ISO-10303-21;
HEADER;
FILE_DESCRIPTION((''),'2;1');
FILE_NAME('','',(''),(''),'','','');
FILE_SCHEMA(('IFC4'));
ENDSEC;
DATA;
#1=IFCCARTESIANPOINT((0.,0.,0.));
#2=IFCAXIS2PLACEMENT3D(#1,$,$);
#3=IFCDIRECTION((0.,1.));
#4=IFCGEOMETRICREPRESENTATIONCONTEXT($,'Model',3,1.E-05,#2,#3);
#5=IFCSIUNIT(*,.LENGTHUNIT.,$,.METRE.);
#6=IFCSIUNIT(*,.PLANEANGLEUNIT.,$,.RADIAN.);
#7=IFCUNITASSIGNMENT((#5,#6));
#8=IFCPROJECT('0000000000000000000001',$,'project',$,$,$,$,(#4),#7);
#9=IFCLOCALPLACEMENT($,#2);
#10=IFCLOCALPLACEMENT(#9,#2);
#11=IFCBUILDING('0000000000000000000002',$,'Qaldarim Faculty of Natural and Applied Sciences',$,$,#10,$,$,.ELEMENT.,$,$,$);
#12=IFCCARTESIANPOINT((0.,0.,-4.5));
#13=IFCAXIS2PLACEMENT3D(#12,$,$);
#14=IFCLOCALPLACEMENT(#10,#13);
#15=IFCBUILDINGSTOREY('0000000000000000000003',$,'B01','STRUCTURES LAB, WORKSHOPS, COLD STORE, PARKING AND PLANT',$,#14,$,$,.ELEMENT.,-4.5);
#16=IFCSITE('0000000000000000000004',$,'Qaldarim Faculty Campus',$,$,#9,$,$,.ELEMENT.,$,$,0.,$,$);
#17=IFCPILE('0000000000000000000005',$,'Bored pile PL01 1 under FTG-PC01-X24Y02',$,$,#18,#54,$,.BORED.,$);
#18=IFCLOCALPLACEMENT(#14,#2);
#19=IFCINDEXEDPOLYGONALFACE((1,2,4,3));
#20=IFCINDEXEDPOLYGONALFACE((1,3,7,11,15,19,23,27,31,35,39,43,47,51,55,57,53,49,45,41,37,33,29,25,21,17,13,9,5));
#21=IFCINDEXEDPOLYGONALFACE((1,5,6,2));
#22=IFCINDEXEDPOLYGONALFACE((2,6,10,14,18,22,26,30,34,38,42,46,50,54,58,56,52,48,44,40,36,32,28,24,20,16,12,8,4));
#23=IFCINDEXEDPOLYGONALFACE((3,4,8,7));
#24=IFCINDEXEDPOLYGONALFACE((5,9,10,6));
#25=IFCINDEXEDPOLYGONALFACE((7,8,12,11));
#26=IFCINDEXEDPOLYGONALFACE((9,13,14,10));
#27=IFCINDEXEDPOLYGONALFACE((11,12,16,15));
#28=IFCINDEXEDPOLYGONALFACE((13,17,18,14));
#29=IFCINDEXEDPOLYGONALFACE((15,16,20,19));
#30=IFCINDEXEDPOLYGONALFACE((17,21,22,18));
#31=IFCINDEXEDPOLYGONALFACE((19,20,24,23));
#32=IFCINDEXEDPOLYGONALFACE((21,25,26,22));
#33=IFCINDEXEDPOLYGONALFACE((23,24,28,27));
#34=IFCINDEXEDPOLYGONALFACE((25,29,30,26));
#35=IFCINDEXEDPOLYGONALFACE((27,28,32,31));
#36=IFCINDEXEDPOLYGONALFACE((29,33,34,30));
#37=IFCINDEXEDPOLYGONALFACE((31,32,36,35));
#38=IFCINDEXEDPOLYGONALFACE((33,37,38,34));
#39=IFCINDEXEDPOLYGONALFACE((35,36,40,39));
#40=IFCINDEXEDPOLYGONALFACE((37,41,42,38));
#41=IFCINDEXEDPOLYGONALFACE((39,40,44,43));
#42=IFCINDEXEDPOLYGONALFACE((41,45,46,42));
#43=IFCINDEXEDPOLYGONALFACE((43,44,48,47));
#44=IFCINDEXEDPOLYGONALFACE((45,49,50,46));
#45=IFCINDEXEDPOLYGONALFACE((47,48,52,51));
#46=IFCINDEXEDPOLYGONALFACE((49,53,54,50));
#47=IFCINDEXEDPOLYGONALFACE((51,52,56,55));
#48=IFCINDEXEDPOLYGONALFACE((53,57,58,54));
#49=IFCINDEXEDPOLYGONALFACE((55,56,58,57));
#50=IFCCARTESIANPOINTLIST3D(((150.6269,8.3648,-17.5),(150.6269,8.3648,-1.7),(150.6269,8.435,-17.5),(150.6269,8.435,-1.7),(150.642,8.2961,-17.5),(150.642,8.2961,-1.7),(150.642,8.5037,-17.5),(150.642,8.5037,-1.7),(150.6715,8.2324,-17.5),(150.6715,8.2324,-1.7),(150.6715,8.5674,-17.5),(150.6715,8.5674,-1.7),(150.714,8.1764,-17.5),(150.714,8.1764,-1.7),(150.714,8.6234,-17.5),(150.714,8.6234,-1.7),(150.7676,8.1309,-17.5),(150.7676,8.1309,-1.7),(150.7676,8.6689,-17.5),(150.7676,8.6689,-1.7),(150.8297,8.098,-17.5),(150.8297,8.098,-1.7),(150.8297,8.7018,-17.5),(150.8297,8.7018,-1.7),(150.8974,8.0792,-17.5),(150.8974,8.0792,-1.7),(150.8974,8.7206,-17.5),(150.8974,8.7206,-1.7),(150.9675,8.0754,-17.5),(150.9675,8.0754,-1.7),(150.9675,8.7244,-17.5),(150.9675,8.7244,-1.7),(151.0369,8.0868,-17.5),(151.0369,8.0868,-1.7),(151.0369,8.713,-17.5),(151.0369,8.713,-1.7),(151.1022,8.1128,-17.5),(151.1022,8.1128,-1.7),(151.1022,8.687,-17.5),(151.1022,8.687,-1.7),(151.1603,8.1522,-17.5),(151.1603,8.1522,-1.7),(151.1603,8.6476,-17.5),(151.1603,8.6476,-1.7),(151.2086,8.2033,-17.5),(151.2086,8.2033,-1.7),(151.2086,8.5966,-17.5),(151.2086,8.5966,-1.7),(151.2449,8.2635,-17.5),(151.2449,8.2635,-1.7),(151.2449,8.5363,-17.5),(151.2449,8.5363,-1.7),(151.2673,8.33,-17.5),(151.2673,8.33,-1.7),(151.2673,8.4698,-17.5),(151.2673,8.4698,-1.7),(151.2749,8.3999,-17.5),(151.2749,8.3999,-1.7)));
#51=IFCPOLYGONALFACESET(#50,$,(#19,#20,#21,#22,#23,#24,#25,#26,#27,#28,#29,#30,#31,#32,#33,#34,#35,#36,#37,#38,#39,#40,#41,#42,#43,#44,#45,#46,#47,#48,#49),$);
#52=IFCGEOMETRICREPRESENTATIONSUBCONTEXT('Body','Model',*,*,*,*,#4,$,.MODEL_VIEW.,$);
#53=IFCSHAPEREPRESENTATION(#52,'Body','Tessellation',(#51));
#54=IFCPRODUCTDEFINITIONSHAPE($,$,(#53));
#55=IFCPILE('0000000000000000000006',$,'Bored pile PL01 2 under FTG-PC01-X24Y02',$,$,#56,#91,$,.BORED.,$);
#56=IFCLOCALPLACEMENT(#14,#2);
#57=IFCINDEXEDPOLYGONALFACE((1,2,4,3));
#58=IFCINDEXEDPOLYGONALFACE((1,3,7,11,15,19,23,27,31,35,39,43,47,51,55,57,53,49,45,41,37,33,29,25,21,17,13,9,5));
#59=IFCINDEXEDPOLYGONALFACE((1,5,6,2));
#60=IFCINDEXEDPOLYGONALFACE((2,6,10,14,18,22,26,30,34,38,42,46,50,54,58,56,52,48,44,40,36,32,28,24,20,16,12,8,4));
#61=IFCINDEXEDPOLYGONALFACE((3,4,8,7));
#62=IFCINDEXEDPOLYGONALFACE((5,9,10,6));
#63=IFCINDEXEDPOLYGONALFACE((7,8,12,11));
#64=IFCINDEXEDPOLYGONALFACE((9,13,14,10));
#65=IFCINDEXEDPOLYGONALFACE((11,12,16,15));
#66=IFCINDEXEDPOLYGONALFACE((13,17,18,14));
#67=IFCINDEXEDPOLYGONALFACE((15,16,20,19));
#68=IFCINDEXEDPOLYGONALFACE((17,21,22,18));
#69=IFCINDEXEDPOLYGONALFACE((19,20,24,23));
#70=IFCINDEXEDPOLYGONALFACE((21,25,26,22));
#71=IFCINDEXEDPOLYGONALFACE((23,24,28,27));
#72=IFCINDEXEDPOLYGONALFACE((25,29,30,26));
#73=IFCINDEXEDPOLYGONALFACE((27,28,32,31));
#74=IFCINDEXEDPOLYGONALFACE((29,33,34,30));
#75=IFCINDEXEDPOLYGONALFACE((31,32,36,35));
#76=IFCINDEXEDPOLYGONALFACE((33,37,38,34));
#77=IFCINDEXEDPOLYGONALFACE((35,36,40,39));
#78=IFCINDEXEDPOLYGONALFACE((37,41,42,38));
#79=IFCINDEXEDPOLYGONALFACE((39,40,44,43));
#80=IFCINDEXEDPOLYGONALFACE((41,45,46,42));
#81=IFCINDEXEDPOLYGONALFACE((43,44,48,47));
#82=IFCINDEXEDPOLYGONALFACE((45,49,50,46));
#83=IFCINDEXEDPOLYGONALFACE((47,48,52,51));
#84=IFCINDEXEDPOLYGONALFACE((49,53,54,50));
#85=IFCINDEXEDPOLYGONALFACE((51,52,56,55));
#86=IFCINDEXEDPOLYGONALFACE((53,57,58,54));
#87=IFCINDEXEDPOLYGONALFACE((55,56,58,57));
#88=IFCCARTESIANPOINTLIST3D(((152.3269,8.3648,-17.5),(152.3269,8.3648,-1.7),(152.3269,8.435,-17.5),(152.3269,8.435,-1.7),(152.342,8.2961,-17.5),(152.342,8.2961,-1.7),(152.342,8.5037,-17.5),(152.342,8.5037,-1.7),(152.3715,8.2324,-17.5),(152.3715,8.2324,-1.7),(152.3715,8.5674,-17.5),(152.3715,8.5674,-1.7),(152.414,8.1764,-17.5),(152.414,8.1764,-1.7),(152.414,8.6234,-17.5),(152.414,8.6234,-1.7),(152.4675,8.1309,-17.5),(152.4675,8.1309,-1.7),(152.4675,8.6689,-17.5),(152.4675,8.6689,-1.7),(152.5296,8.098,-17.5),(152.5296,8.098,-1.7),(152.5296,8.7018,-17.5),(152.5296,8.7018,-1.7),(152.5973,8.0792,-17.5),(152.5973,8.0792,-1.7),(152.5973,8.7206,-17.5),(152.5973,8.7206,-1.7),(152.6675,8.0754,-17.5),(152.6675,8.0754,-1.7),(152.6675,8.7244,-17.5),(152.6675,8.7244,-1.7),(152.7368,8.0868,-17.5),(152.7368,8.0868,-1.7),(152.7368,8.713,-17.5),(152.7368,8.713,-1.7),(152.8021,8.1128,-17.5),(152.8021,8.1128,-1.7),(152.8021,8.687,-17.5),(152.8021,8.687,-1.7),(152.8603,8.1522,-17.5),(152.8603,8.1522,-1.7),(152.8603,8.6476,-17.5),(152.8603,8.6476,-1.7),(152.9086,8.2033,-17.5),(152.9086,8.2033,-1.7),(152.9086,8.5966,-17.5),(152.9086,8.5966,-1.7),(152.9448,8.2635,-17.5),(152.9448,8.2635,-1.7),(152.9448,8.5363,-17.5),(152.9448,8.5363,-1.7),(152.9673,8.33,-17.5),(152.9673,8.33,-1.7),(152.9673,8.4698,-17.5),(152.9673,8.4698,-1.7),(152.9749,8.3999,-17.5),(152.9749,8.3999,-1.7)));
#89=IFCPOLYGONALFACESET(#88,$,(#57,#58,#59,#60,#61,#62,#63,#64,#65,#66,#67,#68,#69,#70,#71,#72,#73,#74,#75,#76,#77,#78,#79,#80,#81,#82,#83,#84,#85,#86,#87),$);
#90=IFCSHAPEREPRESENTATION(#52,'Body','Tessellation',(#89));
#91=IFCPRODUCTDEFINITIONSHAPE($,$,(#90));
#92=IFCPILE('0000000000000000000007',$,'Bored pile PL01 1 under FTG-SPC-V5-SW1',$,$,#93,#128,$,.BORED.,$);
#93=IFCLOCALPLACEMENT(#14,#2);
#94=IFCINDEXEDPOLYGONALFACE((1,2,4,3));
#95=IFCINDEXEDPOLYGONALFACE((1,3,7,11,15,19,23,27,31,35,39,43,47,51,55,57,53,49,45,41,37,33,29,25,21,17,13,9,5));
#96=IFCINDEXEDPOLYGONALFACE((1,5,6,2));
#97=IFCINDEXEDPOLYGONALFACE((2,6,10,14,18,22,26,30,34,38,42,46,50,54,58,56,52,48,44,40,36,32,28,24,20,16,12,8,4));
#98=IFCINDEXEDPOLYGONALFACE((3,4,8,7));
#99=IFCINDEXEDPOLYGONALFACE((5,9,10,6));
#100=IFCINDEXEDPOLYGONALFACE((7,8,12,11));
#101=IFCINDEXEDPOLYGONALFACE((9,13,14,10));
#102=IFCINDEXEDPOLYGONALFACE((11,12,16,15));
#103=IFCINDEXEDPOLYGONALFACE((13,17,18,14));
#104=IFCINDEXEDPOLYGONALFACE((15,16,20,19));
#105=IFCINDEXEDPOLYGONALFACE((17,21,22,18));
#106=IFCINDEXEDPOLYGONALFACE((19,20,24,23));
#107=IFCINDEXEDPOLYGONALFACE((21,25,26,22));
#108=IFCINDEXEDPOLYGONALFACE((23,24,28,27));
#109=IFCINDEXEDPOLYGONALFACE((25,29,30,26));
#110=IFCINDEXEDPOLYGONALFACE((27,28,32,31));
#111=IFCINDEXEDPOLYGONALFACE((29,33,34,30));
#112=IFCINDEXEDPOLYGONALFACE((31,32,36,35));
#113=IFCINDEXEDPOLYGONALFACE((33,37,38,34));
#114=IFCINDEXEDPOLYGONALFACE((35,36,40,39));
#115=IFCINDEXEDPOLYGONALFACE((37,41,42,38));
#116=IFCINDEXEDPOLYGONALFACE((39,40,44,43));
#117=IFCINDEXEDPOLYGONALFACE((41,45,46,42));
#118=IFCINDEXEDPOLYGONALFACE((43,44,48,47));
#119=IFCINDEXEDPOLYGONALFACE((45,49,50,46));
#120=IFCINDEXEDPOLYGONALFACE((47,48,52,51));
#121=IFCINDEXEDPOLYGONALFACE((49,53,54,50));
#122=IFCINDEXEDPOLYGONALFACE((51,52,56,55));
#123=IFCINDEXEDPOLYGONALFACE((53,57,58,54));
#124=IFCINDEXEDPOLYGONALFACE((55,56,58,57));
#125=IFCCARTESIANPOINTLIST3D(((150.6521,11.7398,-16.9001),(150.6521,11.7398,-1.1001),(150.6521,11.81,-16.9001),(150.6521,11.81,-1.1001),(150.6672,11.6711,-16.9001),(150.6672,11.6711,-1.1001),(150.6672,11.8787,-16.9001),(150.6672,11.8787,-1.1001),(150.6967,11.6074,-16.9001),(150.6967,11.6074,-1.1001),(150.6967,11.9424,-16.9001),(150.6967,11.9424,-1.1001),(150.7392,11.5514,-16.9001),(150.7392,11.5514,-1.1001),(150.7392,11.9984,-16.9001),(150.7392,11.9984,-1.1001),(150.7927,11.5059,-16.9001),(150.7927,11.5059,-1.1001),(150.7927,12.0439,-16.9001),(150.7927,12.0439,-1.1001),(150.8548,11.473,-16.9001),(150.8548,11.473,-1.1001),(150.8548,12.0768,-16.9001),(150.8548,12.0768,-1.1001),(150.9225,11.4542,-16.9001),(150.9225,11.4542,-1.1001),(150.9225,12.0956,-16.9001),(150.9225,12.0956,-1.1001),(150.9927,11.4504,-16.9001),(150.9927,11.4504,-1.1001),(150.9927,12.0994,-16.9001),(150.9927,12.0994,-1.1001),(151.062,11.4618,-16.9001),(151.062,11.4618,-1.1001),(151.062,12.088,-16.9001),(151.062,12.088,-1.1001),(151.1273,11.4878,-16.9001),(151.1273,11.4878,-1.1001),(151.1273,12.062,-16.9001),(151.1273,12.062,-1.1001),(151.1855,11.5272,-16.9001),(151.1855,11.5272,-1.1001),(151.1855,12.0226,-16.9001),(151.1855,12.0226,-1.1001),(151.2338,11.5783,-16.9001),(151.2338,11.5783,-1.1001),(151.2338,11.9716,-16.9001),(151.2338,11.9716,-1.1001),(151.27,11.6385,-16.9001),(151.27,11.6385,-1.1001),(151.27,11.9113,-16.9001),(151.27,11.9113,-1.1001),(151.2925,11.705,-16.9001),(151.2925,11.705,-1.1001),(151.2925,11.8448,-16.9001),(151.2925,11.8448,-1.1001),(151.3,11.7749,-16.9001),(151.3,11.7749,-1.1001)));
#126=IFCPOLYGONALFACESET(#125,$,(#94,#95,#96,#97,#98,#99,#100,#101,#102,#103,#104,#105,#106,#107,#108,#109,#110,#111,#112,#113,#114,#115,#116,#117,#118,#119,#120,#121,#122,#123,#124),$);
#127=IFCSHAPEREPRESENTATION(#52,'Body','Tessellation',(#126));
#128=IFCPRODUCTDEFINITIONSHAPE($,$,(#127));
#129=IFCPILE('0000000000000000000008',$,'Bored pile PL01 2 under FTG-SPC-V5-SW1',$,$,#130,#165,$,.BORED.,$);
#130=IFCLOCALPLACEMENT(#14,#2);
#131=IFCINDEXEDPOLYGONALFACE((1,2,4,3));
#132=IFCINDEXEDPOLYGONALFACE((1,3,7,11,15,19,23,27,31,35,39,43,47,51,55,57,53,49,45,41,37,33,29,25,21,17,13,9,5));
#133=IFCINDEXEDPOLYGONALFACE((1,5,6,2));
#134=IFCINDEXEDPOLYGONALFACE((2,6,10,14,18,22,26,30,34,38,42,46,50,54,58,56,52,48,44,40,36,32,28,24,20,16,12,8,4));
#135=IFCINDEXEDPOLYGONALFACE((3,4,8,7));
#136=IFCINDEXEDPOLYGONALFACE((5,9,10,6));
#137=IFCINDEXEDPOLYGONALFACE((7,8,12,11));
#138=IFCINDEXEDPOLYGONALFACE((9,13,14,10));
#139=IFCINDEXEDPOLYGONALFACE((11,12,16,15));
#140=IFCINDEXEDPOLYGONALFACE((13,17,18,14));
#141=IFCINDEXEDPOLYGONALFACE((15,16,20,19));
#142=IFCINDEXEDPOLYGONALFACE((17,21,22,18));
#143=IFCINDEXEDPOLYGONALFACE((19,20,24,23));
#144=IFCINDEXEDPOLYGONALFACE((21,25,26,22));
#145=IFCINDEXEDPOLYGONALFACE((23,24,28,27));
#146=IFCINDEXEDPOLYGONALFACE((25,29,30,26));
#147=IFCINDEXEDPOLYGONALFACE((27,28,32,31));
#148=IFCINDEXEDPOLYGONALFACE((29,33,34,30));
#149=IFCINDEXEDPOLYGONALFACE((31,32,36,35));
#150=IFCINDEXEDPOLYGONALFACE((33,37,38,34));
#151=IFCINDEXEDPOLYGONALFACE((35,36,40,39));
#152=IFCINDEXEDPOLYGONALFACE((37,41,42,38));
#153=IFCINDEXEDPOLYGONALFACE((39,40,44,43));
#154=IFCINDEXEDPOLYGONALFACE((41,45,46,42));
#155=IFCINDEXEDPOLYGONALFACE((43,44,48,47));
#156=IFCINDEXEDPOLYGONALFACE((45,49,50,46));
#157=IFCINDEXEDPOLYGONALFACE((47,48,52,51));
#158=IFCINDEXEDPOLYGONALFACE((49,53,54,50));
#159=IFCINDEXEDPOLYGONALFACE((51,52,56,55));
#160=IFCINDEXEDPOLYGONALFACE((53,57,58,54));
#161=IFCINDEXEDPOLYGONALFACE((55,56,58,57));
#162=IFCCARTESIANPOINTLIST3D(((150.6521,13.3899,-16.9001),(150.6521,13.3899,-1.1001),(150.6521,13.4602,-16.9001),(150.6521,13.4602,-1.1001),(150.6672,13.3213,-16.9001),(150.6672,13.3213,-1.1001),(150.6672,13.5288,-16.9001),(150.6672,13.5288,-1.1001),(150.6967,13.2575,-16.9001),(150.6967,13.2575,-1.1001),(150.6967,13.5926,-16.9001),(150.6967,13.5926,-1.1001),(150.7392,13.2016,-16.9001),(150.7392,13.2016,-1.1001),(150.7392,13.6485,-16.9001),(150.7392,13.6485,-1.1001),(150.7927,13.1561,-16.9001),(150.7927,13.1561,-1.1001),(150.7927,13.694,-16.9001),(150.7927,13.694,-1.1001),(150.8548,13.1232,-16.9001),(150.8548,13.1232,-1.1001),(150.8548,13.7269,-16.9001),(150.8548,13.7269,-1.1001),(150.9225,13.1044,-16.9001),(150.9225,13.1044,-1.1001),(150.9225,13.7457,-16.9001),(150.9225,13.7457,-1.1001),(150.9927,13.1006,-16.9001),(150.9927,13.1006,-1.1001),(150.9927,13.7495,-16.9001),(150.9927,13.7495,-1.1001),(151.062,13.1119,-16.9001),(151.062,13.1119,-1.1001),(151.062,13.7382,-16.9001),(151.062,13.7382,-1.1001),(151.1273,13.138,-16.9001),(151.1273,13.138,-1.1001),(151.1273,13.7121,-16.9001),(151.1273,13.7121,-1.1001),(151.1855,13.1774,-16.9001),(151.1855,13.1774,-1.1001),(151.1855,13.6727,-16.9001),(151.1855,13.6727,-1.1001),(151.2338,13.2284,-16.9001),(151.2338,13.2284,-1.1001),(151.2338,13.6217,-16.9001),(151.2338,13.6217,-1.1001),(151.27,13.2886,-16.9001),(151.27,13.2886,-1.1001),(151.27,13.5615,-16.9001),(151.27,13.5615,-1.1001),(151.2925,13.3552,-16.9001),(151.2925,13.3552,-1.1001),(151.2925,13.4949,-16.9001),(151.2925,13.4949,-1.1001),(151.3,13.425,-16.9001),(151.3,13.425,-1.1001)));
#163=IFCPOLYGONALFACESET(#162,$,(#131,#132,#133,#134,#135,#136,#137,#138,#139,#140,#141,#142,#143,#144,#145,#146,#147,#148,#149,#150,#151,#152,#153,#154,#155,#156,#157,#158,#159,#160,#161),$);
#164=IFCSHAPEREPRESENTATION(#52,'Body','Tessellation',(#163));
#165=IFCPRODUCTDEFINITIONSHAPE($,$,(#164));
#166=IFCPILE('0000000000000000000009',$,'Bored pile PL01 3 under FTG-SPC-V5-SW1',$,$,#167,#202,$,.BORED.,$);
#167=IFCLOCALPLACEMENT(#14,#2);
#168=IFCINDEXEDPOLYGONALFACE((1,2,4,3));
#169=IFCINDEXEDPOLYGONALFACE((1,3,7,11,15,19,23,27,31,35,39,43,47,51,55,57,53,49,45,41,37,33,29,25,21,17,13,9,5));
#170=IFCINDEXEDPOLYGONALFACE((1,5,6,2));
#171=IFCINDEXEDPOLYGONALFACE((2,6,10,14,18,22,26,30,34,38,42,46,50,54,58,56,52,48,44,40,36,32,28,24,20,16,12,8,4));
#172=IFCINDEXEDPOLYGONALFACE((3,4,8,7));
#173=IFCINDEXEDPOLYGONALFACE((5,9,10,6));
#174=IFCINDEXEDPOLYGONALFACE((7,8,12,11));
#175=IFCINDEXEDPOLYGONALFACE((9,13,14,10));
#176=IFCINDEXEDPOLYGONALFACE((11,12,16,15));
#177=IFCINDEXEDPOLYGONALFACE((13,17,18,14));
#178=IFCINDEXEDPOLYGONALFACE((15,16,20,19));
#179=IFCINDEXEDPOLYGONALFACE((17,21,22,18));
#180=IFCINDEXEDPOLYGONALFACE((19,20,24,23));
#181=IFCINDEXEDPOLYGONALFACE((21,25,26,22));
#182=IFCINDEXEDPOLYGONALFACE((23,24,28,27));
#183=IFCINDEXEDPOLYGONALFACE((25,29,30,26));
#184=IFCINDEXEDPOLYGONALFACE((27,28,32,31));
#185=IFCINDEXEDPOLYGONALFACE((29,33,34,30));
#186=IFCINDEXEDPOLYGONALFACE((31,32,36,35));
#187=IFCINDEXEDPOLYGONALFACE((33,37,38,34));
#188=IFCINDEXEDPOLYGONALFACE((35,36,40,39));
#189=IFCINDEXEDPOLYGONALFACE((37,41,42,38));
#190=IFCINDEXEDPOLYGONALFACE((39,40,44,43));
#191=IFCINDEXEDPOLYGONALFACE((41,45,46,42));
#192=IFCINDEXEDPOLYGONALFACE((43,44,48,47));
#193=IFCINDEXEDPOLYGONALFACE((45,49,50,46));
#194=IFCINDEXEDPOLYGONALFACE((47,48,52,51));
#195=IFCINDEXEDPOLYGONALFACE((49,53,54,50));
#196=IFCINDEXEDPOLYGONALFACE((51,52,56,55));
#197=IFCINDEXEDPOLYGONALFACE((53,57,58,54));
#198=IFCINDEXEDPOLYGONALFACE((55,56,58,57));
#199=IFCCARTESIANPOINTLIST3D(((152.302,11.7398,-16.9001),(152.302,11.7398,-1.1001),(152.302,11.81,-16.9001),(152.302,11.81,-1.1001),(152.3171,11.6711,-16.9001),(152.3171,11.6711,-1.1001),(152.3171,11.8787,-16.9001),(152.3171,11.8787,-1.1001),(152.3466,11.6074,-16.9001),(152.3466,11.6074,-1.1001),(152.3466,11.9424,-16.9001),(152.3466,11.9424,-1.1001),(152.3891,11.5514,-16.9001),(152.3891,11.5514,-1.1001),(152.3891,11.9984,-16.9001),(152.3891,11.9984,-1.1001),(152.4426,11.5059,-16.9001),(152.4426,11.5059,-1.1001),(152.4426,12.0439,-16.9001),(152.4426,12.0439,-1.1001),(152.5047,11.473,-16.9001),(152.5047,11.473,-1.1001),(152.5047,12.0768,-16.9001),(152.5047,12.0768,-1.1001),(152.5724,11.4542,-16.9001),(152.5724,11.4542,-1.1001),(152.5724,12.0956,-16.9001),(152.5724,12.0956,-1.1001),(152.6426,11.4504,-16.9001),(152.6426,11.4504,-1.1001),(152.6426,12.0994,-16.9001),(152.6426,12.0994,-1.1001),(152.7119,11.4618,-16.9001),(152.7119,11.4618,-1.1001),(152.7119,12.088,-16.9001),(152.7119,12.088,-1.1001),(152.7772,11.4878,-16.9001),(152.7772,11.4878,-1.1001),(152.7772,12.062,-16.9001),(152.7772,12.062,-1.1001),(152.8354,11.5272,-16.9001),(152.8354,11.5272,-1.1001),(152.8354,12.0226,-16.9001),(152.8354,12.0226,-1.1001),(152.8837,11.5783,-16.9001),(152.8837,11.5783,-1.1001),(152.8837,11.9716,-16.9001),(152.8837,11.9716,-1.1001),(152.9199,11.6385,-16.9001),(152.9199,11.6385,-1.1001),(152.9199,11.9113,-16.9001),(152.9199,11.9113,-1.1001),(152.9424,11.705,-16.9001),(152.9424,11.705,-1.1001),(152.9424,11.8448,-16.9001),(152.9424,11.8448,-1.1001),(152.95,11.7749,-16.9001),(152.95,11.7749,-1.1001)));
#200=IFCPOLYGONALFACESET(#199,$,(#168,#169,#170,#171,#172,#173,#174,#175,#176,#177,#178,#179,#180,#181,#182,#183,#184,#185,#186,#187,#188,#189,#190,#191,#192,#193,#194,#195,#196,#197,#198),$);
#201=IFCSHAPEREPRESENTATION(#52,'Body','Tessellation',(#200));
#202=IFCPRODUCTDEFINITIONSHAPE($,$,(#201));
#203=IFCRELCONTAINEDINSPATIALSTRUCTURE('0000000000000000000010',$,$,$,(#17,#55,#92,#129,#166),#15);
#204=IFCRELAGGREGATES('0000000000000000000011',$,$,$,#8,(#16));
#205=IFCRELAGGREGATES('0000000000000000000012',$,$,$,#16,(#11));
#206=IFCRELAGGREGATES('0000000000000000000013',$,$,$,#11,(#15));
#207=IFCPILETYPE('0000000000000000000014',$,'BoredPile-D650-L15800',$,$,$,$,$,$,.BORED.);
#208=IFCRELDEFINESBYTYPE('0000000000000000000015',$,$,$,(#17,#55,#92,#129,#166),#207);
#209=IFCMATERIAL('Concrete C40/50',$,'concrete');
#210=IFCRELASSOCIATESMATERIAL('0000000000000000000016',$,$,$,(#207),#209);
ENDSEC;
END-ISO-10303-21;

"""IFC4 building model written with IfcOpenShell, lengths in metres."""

from ifc_helpers import new_model, si_unit, direction, frame, origin, origin_2d, place, context, subcontext, project, spatial, circle, extrude, material, material_profile, profile_set, type_object, element, save


model = new_model("IFC4")

# Units and contexts
model_context = context("Model", 3, precision=1e-05, world=origin(), true_north=direction((0.0, 1.0)))
body_context = subcontext(model_context, "Body", "Model", "MODEL_VIEW")
ifc_project = project(units=[si_unit("LENGTHUNIT", "METRE"), si_unit("PLANEANGLEUNIT", "RADIAN")], contexts=[model_context])

# Site, building, storey
site_placement = place(None, origin())
site = spatial("IfcSite", under=ifc_project, at=site_placement, Name="Qaldarim Faculty Campus", CompositionType="ELEMENT", RefElevation=0.0)
building_placement = place(site_placement, origin())
building = spatial("IfcBuilding", under=site, at=building_placement, Name="Qaldarim Faculty of Natural and Applied Sciences", CompositionType="ELEMENT")
storey_placement = place(building_placement, frame((0.0, 0.0, -4.5)))
storey = spatial("IfcBuildingStorey", under=building, at=storey_placement, Name="B01", Description="STRUCTURES LAB, WORKSHOPS, COLD STORE, PARKING AND PLANT", CompositionType="ELEMENT", Elevation=-4.5)

# Piles
ifc_material_1 = material(Name="Concrete C40/50", Category="concrete")
ifc_material_profile_1 = material_profile(ifc_material_1, circle(Radius=0.325, at=origin_2d()), Name="PILE-D650")
ifc_profile_set_1 = profile_set([ifc_material_profile_1], Name="Concrete C40/50")
pile_type_1 = type_object("IfcPileType", Name="BoredPile-D650-L15800", PredefinedType="BORED", material=ifc_profile_set_1)
for number, where, z_axis, x_axis, name in (
    (1, (150.95, 8.3999, -1.7), (0.0, 0.0, -1.0), (1.0, 0.0, 0.0), "Bored pile PL01 1 under FTG-PC01-X24Y02"),
    (2, (152.6499, 8.3999, -1.7), (0.0, 0.0, -1.0), (1.0, 0.0, 0.0), "Bored pile PL01 2 under FTG-PC01-X24Y02"),
    (3, (150.9751, 11.7749, -1.1001), (0.0, 0.0, -1.0), (1.0, 0.0, 0.0), "Bored pile PL01 1 under FTG-SPC-V5-SW1"),
    (4, (150.9751, 13.425, -1.1001), (0.0, 0.0, -1.0), (1.0, 0.0, 0.0), "Bored pile PL01 2 under FTG-SPC-V5-SW1"),
    (5, (152.625, 11.7749, -1.1001), (0.0, 0.0, -1.0), (1.0, 0.0, 0.0), "Bored pile PL01 3 under FTG-SPC-V5-SW1"),
):
    element("IfcPile", number, at=place(storey_placement, frame(where, z_axis=z_axis, x_axis=x_axis)), inside=storey, type_object=pile_type_1, Name=name, PredefinedType="BORED", context=body_context, shape_type="SweptSolid", body=[
        extrude(circle(Radius=0.325, at=origin_2d()), origin(), (0.0, 0.0, 1.0), 15.8),
    ])

save(model, "model.ifc")
